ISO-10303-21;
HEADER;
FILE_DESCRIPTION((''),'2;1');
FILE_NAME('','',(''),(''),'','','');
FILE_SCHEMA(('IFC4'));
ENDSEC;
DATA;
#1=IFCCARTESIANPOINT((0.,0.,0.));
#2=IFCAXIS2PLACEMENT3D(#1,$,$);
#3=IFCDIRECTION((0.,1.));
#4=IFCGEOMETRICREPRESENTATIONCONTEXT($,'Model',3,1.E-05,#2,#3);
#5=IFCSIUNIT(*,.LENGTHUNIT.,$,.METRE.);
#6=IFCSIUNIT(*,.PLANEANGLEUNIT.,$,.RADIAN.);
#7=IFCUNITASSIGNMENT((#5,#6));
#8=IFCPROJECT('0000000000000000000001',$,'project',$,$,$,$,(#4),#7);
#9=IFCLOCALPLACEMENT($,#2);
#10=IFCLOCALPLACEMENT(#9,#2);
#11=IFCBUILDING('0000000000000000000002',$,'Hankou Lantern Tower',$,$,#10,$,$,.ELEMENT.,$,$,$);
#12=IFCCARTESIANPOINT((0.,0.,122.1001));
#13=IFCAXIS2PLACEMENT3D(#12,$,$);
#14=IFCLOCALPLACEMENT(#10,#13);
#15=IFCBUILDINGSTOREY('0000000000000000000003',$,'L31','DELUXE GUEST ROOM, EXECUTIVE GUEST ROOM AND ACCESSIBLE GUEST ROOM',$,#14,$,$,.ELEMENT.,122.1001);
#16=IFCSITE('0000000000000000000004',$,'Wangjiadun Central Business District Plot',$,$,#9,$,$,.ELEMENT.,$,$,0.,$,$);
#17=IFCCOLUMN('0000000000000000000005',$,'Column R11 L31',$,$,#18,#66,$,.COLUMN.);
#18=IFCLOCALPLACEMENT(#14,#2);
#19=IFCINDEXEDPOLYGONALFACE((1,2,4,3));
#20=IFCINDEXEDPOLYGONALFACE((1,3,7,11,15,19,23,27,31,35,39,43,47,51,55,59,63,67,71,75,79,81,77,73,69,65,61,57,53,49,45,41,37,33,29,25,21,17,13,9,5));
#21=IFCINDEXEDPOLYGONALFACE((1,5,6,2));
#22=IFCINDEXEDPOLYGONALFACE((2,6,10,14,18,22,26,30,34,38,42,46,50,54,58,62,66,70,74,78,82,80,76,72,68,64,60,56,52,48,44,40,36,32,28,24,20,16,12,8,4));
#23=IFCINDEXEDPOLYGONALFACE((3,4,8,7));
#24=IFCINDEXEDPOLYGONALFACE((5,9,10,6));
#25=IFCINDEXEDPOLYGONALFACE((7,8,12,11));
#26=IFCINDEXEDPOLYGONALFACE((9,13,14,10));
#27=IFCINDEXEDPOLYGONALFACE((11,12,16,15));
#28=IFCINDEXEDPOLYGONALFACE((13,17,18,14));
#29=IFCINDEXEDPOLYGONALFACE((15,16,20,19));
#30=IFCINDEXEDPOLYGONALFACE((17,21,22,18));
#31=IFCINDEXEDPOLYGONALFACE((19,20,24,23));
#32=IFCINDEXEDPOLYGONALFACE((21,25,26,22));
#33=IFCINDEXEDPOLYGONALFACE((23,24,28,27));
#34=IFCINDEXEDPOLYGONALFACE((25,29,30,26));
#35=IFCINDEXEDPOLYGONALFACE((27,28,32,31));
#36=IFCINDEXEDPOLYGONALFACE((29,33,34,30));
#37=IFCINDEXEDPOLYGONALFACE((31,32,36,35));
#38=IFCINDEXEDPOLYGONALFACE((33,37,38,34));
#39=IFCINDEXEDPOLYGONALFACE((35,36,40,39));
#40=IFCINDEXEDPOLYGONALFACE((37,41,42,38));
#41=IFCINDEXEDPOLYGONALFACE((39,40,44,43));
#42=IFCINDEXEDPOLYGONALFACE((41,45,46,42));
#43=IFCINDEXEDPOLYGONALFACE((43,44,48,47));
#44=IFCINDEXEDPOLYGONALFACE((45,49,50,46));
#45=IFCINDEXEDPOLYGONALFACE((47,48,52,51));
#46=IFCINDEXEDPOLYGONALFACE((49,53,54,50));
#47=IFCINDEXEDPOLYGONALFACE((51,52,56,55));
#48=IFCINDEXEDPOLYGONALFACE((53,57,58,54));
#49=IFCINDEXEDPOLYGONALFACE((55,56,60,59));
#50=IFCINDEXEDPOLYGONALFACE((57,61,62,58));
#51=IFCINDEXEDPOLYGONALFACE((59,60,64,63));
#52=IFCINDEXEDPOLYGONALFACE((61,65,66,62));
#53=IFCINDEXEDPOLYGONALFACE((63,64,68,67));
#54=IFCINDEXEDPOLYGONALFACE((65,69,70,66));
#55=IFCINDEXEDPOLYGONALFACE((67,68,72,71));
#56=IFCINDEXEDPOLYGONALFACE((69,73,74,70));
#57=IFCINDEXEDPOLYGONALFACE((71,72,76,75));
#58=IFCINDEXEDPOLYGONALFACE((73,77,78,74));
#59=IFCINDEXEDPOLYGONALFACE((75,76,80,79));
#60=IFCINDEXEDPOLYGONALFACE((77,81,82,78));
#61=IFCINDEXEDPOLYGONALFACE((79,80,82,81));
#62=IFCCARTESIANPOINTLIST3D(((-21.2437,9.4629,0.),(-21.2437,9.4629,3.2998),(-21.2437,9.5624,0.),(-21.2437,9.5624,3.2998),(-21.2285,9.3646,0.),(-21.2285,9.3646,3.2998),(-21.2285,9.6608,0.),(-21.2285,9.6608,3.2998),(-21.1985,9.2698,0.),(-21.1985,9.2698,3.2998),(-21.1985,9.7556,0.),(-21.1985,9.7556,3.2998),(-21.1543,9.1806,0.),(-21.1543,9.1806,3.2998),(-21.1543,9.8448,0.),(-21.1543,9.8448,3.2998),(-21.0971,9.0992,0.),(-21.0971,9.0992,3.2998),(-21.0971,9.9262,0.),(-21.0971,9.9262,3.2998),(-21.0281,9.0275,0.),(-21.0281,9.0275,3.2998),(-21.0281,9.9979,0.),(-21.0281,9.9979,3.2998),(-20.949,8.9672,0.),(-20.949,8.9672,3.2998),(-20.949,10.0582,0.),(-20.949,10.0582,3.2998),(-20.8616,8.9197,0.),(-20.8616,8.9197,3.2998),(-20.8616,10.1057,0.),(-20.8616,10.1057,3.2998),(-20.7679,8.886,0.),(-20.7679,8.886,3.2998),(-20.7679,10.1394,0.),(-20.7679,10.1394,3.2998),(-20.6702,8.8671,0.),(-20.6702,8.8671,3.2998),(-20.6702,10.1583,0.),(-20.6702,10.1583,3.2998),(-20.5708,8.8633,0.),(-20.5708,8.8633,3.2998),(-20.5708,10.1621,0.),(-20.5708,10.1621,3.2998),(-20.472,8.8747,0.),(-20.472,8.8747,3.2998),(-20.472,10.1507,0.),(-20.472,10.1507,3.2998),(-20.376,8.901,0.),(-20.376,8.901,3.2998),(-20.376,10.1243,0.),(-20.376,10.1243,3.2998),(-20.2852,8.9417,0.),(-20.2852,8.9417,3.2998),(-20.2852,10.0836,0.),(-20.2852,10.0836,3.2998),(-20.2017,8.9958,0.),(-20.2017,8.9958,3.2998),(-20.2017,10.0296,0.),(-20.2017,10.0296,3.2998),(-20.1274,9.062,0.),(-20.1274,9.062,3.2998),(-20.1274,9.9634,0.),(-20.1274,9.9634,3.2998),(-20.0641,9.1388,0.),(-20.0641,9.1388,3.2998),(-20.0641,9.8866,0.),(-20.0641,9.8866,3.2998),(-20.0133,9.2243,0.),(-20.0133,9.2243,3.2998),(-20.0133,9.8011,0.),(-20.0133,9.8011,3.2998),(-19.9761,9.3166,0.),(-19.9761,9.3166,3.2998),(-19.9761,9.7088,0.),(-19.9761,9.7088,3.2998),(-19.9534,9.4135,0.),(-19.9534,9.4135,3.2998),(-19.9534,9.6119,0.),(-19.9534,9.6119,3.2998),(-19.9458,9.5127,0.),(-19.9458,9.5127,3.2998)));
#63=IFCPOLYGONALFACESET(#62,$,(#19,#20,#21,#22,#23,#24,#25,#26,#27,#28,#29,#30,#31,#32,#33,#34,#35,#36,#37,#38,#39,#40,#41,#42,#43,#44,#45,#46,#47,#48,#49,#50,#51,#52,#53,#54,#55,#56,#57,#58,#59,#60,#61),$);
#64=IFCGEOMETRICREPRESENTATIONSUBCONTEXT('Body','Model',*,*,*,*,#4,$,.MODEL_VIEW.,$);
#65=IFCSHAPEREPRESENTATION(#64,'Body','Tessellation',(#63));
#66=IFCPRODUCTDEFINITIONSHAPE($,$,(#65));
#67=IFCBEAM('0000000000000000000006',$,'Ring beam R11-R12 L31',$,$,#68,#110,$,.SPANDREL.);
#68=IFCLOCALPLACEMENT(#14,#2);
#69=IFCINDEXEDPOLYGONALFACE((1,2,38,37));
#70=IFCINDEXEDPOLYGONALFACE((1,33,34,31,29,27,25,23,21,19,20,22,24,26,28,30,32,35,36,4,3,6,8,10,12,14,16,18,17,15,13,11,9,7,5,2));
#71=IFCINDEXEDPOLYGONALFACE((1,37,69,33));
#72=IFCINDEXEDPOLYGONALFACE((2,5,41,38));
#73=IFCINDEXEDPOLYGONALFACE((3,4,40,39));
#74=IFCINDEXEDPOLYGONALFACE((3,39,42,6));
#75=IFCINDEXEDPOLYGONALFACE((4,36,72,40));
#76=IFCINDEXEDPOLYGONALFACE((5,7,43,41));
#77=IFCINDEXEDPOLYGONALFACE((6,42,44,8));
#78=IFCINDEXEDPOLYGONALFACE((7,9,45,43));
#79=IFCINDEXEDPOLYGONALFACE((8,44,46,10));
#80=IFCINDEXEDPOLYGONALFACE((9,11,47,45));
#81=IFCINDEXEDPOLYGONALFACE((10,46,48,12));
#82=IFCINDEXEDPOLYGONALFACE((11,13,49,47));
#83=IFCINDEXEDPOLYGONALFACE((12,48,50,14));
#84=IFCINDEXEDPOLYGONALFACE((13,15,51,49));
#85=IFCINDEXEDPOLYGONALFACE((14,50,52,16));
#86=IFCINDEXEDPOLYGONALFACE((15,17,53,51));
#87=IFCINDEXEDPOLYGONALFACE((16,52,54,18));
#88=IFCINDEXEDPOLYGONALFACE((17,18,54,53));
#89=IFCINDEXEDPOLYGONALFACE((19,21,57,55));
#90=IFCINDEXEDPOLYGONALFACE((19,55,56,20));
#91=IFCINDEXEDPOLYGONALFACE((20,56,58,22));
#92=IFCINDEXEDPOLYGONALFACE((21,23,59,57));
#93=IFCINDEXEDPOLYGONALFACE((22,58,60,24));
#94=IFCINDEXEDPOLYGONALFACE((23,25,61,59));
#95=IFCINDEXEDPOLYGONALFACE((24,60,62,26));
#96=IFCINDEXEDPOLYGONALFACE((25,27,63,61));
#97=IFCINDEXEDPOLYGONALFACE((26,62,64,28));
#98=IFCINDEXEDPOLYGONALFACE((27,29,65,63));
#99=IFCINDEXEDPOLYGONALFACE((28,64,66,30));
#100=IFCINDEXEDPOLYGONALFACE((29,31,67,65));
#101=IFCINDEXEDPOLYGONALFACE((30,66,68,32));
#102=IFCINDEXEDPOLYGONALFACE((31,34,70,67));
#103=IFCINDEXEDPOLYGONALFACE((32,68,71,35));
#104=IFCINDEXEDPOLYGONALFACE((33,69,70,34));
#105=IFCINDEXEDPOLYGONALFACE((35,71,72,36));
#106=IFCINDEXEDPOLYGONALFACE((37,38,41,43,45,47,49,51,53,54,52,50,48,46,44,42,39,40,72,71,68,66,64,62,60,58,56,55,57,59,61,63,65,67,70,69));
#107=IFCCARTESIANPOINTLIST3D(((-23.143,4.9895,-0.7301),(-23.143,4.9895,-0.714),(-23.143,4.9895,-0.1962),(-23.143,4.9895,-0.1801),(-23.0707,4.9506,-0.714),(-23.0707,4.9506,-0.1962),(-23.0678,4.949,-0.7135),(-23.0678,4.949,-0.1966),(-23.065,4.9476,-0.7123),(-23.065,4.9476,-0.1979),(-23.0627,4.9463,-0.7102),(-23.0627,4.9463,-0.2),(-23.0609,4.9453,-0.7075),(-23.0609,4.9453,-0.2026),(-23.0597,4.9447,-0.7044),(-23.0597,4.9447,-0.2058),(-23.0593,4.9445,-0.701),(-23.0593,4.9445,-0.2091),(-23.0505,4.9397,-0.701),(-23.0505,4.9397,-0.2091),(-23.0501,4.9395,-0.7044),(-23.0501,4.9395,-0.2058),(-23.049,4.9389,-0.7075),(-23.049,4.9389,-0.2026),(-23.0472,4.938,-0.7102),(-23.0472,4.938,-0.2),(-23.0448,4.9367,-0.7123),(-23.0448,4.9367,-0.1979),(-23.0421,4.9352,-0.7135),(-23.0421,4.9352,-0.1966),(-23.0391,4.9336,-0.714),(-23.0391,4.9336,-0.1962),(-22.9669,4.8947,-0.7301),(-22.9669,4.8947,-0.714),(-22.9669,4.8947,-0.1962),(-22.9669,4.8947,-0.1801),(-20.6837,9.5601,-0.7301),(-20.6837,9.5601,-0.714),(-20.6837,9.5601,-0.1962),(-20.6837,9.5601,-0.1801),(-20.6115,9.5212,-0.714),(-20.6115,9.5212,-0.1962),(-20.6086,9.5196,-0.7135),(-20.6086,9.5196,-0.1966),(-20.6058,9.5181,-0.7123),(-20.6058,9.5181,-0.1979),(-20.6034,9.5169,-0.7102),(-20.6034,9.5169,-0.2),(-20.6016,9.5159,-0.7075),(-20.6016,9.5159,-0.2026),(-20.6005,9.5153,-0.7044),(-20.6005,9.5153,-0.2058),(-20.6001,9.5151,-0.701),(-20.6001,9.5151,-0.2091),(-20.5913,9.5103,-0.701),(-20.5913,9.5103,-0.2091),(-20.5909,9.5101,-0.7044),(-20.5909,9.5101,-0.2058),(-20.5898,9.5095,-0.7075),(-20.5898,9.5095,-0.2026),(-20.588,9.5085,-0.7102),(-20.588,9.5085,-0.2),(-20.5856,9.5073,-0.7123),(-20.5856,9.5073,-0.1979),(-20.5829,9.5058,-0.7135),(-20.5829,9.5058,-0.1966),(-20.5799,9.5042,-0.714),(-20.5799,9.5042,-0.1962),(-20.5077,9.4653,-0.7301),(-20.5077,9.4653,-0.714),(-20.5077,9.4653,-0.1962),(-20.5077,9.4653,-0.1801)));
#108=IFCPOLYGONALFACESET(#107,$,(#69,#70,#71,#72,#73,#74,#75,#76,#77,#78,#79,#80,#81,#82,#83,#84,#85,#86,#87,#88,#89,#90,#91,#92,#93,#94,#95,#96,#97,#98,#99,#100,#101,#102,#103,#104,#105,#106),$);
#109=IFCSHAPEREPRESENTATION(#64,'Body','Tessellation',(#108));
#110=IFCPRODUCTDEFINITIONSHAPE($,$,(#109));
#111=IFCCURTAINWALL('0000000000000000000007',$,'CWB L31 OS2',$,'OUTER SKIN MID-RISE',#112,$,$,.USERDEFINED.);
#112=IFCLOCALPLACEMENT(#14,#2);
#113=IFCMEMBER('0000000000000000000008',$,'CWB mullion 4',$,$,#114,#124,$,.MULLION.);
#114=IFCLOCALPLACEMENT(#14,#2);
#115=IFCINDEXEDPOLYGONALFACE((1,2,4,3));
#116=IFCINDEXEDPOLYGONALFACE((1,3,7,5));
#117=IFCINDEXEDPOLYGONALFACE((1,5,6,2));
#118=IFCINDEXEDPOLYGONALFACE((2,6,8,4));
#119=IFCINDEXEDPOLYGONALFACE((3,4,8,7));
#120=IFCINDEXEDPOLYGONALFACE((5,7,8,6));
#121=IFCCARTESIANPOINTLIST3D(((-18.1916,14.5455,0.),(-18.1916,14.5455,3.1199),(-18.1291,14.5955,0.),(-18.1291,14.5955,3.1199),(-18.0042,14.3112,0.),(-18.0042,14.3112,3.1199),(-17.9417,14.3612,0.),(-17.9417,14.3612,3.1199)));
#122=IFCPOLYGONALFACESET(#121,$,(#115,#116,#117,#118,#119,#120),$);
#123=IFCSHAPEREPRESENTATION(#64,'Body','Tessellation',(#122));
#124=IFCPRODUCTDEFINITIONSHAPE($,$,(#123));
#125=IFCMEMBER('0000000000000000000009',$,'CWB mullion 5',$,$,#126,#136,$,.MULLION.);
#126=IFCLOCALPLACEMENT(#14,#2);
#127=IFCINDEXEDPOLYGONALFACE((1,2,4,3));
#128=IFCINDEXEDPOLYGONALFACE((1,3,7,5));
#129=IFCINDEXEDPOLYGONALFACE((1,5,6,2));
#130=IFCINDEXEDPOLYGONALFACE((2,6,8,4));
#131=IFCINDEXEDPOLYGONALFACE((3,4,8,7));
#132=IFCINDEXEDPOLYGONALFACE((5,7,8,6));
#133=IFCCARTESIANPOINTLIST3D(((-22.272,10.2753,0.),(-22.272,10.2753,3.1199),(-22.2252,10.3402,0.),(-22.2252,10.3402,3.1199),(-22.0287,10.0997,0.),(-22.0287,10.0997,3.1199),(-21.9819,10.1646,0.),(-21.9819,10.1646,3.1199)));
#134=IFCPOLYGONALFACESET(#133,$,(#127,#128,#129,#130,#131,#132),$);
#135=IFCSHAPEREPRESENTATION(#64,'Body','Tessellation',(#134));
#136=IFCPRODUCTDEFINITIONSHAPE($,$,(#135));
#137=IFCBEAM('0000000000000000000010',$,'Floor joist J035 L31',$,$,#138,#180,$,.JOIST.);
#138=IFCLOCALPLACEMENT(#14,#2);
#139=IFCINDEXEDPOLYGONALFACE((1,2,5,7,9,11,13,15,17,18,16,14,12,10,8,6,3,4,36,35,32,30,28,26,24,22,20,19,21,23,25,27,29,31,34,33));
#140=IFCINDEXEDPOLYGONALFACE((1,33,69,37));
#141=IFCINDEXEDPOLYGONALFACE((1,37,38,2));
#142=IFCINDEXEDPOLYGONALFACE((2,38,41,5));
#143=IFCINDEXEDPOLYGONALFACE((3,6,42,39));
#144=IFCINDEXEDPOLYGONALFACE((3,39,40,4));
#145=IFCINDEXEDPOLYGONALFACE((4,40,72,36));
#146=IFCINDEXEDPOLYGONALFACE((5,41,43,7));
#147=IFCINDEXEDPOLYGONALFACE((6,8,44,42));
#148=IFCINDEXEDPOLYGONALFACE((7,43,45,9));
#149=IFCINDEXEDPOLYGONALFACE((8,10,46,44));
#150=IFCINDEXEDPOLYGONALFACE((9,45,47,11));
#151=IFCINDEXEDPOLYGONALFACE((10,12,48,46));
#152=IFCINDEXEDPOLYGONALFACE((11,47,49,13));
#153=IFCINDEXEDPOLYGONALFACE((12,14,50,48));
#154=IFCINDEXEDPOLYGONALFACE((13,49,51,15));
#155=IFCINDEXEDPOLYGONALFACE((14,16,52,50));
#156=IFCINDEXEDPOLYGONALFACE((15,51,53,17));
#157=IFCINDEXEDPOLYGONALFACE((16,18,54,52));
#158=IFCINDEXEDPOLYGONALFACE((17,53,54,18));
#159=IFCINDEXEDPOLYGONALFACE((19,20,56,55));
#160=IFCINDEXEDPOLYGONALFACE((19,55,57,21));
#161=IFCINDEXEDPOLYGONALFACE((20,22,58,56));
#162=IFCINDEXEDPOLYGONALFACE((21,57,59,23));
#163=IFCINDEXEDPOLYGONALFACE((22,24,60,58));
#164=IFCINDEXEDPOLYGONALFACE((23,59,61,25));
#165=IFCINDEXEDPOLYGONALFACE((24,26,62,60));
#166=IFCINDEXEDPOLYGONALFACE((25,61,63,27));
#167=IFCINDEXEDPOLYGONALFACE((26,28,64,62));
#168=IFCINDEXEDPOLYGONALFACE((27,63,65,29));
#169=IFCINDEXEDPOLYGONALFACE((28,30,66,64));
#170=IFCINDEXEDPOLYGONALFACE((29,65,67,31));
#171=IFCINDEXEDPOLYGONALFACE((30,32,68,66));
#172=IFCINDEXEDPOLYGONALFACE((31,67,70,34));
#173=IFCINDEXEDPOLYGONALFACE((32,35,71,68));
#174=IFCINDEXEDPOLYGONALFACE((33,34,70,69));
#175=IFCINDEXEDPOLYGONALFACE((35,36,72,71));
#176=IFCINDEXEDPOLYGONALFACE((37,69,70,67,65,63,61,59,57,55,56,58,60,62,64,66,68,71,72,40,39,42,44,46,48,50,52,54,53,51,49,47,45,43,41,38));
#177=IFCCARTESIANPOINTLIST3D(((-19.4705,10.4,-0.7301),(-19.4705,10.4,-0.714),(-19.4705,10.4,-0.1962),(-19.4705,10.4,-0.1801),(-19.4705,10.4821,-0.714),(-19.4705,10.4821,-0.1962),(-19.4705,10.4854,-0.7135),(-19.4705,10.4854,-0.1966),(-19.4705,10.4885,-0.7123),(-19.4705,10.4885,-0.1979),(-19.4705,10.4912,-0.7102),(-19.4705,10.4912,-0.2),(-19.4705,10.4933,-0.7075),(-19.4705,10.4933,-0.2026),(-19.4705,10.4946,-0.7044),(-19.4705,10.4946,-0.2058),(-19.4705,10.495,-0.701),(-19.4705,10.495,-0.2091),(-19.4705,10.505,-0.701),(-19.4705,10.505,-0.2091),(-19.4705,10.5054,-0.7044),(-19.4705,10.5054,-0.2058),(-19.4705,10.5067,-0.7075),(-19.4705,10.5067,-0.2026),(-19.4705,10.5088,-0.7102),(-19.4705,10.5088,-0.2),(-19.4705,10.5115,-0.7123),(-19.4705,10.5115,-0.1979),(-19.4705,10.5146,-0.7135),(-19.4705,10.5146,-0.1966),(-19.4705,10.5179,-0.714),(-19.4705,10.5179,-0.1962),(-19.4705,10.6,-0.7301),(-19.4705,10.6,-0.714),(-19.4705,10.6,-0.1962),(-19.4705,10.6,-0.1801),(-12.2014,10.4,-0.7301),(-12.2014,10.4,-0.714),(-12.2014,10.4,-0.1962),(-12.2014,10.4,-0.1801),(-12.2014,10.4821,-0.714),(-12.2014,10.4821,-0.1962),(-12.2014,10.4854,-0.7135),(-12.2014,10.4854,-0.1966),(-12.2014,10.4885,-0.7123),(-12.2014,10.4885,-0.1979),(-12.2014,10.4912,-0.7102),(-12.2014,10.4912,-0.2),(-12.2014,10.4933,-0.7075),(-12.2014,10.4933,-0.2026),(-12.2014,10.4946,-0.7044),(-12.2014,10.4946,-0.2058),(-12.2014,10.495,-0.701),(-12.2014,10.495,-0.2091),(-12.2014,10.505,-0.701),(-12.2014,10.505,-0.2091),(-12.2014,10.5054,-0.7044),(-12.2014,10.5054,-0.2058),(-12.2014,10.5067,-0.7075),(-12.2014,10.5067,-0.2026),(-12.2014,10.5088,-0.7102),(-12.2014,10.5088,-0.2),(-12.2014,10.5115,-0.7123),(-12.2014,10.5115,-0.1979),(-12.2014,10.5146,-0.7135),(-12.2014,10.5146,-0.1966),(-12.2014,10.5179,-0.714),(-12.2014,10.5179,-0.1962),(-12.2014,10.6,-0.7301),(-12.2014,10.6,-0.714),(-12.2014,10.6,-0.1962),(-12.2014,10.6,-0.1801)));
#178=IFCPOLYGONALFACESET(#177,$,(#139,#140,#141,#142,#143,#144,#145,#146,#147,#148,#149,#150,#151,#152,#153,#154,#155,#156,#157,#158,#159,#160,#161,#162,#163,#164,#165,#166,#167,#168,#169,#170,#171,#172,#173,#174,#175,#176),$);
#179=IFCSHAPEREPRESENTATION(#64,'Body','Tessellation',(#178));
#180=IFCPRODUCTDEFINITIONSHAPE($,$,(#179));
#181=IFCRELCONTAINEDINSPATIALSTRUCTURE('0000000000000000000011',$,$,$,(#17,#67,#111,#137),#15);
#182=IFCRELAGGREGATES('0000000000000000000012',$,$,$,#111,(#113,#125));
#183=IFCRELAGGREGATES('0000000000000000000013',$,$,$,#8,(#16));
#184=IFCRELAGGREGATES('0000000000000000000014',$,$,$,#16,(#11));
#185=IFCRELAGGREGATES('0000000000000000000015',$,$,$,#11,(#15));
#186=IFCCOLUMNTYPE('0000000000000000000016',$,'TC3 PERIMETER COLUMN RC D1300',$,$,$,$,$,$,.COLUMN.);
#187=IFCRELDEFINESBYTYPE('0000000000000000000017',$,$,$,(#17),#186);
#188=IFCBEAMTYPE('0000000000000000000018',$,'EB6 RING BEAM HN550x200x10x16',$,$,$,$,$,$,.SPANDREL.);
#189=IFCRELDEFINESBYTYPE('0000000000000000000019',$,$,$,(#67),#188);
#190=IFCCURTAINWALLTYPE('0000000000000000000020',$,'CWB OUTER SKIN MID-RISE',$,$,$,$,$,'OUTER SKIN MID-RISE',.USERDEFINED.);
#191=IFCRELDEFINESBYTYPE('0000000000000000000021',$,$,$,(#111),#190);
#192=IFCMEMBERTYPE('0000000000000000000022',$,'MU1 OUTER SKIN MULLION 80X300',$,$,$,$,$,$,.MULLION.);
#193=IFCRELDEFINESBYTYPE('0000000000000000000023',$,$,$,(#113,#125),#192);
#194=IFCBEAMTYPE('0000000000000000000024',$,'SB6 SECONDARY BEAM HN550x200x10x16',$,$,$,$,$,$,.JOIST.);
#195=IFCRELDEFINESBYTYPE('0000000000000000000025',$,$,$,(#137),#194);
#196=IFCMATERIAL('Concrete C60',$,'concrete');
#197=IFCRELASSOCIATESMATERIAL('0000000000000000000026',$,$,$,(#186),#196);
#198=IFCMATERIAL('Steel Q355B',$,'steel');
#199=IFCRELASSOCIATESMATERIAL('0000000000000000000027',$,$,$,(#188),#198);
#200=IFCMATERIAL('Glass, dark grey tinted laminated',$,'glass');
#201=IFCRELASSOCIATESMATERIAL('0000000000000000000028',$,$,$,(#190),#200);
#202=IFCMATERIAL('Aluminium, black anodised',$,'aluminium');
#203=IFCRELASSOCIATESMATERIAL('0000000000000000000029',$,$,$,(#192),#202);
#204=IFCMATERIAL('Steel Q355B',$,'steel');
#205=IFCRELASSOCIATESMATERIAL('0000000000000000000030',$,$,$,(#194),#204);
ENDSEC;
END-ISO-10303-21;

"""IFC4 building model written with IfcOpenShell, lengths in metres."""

from ifc_helpers import new_model, si_unit, direction, frame, origin, origin_2d, place, context, subcontext, project, spatial, rectangle, circle, i_section, extrude, material, material_profile, profile_set, type_object, element, aggregate, save


model = new_model("IFC4")

# Units and contexts
model_context = context("Model", 3, precision=1e-05, world=origin(), true_north=direction((0.0, 1.0)))
body_context = subcontext(model_context, "Body", "Model", "MODEL_VIEW")
ifc_project = project(units=[si_unit("LENGTHUNIT", "METRE"), si_unit("PLANEANGLEUNIT", "RADIAN")], contexts=[model_context])

# Site, building, storey
site_placement = place(None, origin())
site = spatial("IfcSite", under=ifc_project, at=site_placement, Name="Wangjiadun Central Business District Plot", CompositionType="ELEMENT", RefElevation=0.0)
building_placement = place(site_placement, origin())
building = spatial("IfcBuilding", under=site, at=building_placement, Name="Hankou Lantern Tower", CompositionType="ELEMENT")
storey_placement = place(building_placement, frame((0.0, 0.0, 122.1001)))
storey = spatial("IfcBuildingStorey", under=building, at=storey_placement, Name="L31", Description="DELUXE GUEST ROOM, EXECUTIVE GUEST ROOM AND ACCESSIBLE GUEST ROOM", CompositionType="ELEMENT", Elevation=122.1001)

# Column
ifc_material_1 = material(Name="Concrete C60", Category="concrete")
ifc_material_profile_1 = material_profile(ifc_material_1, circle(Radius=0.6499, at=origin_2d()), Name="RC D1300")
ifc_profile_set_1 = profile_set([ifc_material_profile_1], Name="Concrete C60")
column_type = type_object("IfcColumnType", Name="TC3 PERIMETER COLUMN RC D1300", PredefinedType="COLUMN", material=ifc_profile_set_1)
column_placement = place(storey_placement, frame((-20.5957, 9.5127, 0.0), z_axis=(0.0, 0.0, 1.0), x_axis=(1.0, 0.0, 0.0)))
element("IfcColumn", 1, at=column_placement, inside=storey, type_object=column_type, Name="Column R11 L31", PredefinedType="COLUMN", context=body_context, shape_type="SweptSolid", body=[
    extrude(circle(Radius=0.6499, at=origin_2d()), origin(), (0.0, 0.0, 1.0), 3.2998),
])

# Beam
ifc_material_2 = material(Name="Steel Q355B", Category="steel")
ifc_material_profile_2 = material_profile(ifc_material_2, i_section(OverallWidth=0.2, OverallDepth=0.55, WebThickness=0.01, FlangeThickness=0.0161, FilletRadius=0.0129, at=origin_2d()), Name="HN550x200x10x16")
ifc_profile_set_2 = profile_set([ifc_material_profile_2], Name="Steel Q355B")
beam_type_1 = type_object("IfcBeamType", Name="EB6 RING BEAM HN550x200x10x16", PredefinedType="SPANDREL", material=ifc_profile_set_2)
beam_1_placement = place(storey_placement, frame((-20.5957, 9.5127, -0.4551), z_axis=(-0.473825, -0.880619, 0.0), x_axis=(0.880619, -0.473825, 0.0)))
element("IfcBeam", 2, at=beam_1_placement, inside=storey, type_object=beam_type_1, Name="Ring beam R11-R12 L31", PredefinedType="SPANDREL", context=body_context, shape_type="SweptSolid", body=[
    extrude(i_section(OverallWidth=0.2, OverallDepth=0.55, WebThickness=0.01, FlangeThickness=0.0161, FilletRadius=0.0129, at=origin_2d()), origin(), (0.0, 0.0, 1.0), 5.1902),
])

# Curtain wall, members
ifc_material_3 = material(Name="Glass, dark grey tinted laminated", Category="glass")
curtain_wall_type = type_object("IfcCurtainWallType", Name="CWB OUTER SKIN MID-RISE", ElementType="OUTER SKIN MID-RISE", PredefinedType="USERDEFINED", material=ifc_material_3)
curtain_wall_placement = place(storey_placement, origin())
curtain_wall = element("IfcCurtainWall", 3, at=curtain_wall_placement, inside=storey, type_object=curtain_wall_type, Name="CWB L31 OS2", ObjectType="OUTER SKIN MID-RISE", PredefinedType="USERDEFINED")
ifc_material_4 = material(Name="Aluminium, black anodised", Category="aluminium")
ifc_material_profile_3 = material_profile(ifc_material_4, rectangle(XDim=0.0801, YDim=0.3, at=origin_2d()), Name="MU1 80X300")
ifc_profile_set_3 = profile_set([ifc_material_profile_3], Name="Aluminium, black anodised")
member_type_1 = type_object("IfcMemberType", Name="MU1 OUTER SKIN MULLION 80X300", PredefinedType="MULLION", material=ifc_profile_set_3)
member_1_placement = place(storey_placement, frame((-18.0667, 14.4534, 0.0), z_axis=(0.0, 0.0, 1.0), x_axis=(-0.780869, -0.624695, 0.0)))
member_1 = element("IfcMember", 4, at=member_1_placement, type_object=member_type_1, Name="CWB mullion 4", PredefinedType="MULLION", context=body_context, shape_type="SweptSolid", body=[
    extrude(rectangle(XDim=0.0801, YDim=0.3, at=origin_2d()), origin(), (0.0, 0.0, 1.0), 3.1199),
])
member_2_placement = place(storey_placement, frame((-22.127, 10.22, 0.0), z_axis=(0.0, 0.0, 1.0), x_axis=(-0.585206, -0.810885, 0.0)))
member_2 = element("IfcMember", 5, at=member_2_placement, type_object=member_type_1, Name="CWB mullion 5", PredefinedType="MULLION", context=body_context, shape_type="SweptSolid", body=[
    extrude(rectangle(XDim=0.0801, YDim=0.3, at=origin_2d()), origin(), (0.0, 0.0, 1.0), 3.1199),
])

# Beam
ifc_material_5 = material(Name="Steel Q355B", Category="steel")
ifc_material_profile_4 = material_profile(ifc_material_5, i_section(OverallWidth=0.2, OverallDepth=0.55, WebThickness=0.01, FlangeThickness=0.0161, FilletRadius=0.0129, at=origin_2d()), Name="HN550x200x10x16")
ifc_profile_set_4 = profile_set([ifc_material_profile_4], Name="Steel Q355B")
beam_type_2 = type_object("IfcBeamType", Name="SB6 SECONDARY BEAM HN550x200x10x16", PredefinedType="JOIST", material=ifc_profile_set_4)
beam_2_placement = place(storey_placement, frame((-19.4705, 10.5, -0.4551), z_axis=(1.0, 0.0, 0.0), x_axis=(0.0, 1.0, 0.0)))
element("IfcBeam", 6, at=beam_2_placement, inside=storey, type_object=beam_type_2, Name="Floor joist J035 L31", PredefinedType="JOIST", context=body_context, shape_type="SweptSolid", body=[
    extrude(i_section(OverallWidth=0.2, OverallDepth=0.55, WebThickness=0.01, FlangeThickness=0.0161, FilletRadius=0.0129, at=origin_2d()), origin(), (0.0, 0.0, 1.0), 7.269),
])

aggregate(curtain_wall, [member_1, member_2])

save(model, "model.ifc")
